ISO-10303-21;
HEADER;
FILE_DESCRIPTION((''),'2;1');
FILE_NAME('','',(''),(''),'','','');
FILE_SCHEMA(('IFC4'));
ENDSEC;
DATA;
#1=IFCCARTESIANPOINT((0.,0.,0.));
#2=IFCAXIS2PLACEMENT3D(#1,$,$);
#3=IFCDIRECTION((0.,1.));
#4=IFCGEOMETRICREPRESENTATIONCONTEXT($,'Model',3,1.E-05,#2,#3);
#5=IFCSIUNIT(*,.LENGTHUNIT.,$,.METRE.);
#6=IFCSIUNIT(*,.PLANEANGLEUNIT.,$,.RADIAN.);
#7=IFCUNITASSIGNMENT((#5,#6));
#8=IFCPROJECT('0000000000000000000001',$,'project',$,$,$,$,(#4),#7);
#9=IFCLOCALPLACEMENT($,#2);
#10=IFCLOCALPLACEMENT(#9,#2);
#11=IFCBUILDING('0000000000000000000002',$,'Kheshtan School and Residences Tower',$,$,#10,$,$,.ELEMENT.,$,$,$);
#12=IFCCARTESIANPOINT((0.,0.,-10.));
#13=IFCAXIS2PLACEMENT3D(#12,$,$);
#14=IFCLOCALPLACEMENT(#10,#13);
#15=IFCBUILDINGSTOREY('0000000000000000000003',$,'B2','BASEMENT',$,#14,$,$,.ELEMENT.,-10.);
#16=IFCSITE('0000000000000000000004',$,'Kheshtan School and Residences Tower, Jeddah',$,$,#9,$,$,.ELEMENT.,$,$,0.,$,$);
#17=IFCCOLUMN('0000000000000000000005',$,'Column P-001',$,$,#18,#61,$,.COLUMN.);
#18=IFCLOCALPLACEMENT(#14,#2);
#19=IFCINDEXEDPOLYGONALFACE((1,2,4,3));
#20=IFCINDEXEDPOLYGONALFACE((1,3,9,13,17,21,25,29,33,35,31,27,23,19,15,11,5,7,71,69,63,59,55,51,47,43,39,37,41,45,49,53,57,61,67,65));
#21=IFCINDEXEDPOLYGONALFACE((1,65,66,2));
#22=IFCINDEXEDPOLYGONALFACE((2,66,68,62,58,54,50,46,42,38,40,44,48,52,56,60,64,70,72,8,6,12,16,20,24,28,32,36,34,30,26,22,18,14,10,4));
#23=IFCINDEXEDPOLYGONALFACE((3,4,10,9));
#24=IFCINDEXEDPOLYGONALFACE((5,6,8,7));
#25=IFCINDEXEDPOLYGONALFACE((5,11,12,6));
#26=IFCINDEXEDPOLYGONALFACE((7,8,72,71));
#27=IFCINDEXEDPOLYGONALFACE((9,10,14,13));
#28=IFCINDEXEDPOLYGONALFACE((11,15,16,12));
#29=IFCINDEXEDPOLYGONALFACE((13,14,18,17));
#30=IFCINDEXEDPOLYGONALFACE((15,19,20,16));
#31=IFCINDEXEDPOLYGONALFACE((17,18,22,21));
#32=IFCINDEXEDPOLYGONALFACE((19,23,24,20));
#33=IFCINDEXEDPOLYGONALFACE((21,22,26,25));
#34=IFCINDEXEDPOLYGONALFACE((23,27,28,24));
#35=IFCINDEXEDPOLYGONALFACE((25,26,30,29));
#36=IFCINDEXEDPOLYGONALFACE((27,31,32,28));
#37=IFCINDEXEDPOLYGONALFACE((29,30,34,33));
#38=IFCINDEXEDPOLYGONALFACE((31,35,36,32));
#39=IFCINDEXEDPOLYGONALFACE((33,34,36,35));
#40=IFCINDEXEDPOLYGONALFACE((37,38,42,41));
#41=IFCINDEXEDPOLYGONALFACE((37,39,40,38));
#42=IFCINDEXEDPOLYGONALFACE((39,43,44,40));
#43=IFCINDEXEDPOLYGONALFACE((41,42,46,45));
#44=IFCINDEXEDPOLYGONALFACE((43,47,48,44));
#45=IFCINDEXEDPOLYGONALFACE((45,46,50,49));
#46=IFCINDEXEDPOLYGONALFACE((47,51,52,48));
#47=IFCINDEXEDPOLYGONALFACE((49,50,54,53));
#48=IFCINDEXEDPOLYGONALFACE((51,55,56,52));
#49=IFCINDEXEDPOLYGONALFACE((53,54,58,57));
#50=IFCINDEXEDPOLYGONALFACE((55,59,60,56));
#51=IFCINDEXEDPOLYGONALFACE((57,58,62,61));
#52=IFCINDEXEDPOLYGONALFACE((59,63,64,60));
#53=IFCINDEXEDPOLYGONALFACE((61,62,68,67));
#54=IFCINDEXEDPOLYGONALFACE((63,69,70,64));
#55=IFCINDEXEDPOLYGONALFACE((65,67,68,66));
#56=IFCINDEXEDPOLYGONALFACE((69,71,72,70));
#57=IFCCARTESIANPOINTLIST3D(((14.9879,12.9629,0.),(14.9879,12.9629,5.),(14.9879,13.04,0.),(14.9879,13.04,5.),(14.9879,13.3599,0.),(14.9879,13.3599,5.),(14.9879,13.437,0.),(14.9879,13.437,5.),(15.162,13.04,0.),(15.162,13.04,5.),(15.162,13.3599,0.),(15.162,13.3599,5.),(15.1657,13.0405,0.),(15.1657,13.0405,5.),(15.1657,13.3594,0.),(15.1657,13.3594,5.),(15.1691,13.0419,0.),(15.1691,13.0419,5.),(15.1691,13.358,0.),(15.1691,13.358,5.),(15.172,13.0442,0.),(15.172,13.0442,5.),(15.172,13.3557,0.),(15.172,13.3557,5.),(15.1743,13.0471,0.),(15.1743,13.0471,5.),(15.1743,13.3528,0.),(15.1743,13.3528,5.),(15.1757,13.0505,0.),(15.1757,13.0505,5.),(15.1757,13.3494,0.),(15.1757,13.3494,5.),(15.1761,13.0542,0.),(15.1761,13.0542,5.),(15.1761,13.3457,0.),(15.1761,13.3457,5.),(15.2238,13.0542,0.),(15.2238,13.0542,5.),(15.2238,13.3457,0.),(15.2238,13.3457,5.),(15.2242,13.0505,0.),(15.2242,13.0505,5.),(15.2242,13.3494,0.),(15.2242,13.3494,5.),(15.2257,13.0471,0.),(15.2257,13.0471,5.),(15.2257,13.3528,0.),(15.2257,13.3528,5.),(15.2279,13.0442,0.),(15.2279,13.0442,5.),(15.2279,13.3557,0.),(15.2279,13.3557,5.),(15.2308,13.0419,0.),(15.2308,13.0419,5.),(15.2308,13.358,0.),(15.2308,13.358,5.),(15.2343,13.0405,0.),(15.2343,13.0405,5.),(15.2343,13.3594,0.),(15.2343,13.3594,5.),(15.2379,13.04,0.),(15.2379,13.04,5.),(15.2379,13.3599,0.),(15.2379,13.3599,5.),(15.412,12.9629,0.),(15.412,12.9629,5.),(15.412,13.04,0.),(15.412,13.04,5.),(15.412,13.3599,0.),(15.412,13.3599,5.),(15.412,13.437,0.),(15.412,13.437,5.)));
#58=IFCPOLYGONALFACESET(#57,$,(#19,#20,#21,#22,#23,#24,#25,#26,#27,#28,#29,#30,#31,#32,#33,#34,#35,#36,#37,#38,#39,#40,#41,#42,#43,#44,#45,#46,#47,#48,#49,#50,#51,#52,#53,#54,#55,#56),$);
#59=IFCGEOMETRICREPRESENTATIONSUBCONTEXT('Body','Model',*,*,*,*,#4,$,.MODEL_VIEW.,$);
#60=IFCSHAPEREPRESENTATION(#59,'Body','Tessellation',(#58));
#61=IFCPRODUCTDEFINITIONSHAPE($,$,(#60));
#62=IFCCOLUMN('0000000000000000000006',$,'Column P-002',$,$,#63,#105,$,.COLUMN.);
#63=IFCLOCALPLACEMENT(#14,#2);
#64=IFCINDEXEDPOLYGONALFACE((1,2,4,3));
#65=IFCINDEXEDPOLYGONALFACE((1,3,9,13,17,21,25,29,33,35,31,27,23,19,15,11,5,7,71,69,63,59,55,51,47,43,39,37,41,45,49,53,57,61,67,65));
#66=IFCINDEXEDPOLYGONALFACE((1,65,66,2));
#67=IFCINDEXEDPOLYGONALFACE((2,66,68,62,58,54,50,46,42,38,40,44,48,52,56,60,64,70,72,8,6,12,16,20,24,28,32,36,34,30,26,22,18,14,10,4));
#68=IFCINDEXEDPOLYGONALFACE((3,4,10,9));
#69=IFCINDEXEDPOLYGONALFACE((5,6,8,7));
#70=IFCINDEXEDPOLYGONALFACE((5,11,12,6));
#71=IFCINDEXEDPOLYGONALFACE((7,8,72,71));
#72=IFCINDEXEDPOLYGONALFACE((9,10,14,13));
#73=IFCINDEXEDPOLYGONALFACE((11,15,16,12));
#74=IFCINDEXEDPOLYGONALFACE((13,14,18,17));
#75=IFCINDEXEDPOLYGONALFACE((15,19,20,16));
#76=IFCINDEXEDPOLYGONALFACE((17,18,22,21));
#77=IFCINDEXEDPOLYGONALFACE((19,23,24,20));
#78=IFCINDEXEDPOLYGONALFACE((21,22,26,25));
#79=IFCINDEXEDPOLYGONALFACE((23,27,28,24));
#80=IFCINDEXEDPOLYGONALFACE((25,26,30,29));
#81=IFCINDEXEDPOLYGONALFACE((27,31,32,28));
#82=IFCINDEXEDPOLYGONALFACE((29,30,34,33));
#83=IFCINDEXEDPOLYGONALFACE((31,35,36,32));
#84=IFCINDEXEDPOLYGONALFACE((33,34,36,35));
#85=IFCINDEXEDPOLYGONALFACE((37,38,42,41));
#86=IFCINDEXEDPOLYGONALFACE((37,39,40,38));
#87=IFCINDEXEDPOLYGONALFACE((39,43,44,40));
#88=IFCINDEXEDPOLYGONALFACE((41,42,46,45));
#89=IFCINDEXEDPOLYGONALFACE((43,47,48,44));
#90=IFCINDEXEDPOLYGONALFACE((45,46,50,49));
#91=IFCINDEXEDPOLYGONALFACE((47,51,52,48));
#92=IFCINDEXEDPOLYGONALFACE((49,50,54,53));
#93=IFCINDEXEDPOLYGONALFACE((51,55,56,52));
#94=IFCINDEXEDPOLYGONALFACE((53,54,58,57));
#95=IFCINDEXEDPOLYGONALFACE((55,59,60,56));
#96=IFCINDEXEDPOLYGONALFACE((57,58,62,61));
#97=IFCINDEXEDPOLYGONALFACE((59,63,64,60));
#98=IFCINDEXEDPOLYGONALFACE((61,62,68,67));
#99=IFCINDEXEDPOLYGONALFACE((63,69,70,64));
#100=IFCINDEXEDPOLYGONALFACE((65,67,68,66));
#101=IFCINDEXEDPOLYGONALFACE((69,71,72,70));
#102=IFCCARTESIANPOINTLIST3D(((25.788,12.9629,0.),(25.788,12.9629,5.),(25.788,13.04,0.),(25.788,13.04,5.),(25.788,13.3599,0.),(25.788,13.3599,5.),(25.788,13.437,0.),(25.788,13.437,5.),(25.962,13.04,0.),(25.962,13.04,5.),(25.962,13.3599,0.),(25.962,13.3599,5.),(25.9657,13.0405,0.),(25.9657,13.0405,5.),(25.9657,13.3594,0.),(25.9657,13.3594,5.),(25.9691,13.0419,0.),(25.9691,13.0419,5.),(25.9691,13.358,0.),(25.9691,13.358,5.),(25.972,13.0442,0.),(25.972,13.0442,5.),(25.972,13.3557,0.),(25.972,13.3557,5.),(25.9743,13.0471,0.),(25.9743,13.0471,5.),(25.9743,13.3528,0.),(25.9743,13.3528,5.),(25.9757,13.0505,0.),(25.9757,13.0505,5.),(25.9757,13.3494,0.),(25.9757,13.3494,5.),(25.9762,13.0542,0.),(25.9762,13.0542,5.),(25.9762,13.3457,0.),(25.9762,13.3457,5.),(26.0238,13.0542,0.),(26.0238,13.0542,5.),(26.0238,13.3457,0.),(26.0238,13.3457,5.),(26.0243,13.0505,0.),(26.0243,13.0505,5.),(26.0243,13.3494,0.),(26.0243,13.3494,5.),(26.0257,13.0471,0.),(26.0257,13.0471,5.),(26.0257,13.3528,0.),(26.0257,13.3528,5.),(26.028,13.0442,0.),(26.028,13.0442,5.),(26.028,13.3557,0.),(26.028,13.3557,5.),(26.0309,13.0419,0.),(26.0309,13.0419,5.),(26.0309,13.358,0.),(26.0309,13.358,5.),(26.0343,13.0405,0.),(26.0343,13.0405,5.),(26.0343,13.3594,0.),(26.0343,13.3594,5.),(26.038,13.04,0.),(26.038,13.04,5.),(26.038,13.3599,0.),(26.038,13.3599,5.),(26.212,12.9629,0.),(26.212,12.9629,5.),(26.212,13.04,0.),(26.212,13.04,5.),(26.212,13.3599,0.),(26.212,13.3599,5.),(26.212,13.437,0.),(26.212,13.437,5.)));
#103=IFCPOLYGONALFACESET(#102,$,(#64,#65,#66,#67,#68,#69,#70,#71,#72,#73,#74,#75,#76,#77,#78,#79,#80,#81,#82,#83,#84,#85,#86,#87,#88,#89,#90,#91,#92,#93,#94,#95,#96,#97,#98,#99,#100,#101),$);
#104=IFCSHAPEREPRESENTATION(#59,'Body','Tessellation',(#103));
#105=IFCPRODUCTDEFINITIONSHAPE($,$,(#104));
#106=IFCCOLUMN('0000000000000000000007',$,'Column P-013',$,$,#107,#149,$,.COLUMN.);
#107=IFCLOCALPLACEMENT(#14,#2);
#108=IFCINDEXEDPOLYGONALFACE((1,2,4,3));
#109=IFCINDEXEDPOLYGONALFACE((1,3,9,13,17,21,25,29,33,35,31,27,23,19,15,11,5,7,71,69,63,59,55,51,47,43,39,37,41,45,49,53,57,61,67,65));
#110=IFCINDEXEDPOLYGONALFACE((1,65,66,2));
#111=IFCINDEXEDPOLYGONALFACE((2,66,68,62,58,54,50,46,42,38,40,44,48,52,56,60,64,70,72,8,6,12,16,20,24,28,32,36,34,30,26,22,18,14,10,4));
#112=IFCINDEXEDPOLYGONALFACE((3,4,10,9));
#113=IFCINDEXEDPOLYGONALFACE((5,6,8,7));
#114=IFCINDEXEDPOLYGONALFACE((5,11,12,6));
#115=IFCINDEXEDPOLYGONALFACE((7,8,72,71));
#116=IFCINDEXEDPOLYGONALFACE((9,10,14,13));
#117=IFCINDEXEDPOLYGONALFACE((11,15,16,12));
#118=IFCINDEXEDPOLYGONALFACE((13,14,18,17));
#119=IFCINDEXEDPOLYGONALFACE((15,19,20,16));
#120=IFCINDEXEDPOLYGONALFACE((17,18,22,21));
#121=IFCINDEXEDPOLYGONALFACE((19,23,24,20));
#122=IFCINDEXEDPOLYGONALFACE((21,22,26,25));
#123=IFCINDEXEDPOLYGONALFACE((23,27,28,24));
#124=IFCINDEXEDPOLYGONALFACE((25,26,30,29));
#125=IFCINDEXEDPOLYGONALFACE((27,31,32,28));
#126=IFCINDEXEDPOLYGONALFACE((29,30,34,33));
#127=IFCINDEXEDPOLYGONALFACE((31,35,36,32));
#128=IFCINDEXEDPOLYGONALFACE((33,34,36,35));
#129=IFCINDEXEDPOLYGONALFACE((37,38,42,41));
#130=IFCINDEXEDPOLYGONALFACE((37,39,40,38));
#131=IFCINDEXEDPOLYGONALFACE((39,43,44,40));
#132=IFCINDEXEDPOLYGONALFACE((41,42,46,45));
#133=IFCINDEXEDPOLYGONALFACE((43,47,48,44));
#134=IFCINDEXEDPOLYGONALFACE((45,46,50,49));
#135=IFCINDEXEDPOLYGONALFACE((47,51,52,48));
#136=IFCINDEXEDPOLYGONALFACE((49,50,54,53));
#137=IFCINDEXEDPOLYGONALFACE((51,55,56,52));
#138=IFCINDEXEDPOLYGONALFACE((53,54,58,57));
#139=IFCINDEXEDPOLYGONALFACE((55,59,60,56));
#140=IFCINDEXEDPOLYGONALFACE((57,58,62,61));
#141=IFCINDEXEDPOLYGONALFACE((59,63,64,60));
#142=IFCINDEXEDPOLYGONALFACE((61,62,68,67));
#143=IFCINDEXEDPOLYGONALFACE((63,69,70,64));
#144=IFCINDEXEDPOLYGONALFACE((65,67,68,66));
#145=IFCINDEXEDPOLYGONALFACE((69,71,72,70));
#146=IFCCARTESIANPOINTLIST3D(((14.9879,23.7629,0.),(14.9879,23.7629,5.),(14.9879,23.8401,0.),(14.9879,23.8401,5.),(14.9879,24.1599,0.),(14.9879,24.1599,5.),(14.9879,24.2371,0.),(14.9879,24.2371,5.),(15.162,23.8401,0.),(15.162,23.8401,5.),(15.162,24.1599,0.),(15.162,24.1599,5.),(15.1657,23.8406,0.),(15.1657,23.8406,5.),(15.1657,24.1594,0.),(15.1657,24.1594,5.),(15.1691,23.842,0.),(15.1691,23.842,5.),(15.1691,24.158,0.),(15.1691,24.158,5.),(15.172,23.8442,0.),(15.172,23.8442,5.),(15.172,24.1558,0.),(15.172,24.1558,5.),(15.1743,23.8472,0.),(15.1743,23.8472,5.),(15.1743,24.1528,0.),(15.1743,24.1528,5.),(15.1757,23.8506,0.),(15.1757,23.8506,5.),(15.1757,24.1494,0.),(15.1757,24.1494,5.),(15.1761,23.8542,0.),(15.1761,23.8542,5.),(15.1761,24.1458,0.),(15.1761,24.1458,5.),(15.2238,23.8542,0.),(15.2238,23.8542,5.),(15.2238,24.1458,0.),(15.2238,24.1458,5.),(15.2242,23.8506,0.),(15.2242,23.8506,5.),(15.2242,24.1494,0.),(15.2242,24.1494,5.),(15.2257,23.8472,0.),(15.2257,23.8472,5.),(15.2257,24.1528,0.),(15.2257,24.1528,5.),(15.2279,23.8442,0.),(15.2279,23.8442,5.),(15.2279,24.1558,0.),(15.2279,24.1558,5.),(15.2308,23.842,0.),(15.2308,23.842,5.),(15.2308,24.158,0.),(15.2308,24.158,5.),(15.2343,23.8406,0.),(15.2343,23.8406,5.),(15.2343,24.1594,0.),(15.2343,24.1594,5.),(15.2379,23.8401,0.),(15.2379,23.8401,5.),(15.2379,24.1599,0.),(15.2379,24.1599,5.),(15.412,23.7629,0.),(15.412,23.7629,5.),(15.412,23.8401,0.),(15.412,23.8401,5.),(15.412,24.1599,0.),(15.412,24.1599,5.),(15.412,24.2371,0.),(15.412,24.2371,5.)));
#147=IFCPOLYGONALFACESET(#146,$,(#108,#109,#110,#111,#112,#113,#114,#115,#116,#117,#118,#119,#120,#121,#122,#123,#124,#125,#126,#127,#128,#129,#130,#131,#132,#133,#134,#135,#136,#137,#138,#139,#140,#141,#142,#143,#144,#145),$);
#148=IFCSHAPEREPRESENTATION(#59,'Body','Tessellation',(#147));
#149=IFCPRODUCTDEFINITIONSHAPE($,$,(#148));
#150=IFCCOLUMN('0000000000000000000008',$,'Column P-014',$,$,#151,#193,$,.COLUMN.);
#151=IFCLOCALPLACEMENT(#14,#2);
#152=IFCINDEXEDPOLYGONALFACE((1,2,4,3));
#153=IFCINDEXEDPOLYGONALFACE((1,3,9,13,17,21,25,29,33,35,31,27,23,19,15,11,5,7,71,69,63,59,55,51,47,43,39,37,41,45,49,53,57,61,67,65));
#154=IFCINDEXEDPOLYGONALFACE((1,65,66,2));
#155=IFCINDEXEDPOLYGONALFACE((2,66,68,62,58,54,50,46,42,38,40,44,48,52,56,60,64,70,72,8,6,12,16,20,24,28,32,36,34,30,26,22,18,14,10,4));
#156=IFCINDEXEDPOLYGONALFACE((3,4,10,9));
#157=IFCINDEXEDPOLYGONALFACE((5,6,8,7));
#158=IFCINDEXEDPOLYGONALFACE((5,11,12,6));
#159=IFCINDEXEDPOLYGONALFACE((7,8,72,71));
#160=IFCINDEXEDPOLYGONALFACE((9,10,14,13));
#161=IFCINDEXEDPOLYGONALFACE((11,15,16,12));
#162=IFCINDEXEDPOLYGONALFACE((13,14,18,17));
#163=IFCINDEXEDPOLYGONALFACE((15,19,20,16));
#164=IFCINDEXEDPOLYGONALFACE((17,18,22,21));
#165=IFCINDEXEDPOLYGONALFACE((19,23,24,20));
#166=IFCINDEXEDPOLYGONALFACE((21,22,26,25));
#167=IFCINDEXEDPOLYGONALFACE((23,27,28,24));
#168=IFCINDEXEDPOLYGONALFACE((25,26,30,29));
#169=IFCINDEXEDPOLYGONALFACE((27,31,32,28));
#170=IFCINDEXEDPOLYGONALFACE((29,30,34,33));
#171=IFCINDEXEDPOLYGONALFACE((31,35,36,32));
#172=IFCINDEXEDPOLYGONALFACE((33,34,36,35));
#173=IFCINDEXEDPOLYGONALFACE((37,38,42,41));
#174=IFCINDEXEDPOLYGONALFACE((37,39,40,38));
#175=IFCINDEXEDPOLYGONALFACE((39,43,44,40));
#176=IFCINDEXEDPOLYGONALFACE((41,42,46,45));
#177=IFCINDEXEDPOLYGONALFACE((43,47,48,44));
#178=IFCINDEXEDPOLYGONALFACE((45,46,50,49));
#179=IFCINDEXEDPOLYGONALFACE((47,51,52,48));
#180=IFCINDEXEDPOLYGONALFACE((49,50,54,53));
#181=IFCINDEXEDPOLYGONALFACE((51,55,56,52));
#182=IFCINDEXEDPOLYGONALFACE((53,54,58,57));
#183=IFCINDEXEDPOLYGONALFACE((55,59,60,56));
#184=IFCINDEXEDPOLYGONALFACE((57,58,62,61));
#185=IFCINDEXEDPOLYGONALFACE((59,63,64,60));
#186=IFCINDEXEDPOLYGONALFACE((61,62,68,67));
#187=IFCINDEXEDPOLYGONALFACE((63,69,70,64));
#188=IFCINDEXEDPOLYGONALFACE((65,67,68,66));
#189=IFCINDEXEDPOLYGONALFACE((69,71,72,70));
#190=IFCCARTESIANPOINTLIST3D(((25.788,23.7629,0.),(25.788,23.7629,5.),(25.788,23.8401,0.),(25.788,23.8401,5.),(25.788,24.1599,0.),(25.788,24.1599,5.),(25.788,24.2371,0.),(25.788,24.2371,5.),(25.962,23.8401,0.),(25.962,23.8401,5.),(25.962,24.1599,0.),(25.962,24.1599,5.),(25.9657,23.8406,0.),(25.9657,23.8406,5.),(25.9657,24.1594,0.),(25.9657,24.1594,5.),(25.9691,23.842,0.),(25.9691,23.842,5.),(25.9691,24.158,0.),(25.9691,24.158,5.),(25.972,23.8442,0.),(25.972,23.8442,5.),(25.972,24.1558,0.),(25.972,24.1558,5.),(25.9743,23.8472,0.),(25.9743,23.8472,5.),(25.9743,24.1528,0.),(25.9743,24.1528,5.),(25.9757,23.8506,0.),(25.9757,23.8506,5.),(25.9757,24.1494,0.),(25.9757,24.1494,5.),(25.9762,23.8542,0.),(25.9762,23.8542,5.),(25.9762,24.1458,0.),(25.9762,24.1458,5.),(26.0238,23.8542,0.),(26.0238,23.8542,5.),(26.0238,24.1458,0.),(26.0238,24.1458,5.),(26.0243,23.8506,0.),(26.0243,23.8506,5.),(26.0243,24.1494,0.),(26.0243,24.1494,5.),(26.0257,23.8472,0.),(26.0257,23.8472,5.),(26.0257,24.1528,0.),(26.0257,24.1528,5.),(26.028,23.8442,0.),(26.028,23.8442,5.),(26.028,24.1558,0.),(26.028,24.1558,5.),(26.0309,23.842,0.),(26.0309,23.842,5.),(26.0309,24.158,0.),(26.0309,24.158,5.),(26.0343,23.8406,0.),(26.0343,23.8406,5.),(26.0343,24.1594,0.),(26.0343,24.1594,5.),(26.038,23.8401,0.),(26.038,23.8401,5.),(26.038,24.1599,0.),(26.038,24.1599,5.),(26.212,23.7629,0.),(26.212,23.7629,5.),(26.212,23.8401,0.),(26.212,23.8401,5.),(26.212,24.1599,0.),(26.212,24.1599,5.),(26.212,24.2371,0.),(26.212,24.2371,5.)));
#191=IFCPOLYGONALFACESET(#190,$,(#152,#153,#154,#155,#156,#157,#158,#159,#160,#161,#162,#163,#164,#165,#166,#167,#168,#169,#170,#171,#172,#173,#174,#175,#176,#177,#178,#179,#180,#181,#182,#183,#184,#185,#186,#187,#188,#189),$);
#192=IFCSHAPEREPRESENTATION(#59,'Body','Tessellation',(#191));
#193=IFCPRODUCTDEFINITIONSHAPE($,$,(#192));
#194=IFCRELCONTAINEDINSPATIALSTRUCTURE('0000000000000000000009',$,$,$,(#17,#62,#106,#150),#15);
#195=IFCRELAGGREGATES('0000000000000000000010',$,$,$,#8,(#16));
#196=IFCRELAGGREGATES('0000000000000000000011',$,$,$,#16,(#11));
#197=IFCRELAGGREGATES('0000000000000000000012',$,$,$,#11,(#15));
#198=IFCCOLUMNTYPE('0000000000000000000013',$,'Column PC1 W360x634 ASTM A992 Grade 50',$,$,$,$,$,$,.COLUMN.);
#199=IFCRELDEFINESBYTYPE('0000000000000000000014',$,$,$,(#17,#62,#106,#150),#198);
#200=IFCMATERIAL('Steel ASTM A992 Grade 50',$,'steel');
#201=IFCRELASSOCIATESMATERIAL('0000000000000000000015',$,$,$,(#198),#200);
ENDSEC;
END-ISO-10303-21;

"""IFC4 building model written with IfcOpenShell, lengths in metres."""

from ifc_helpers import new_model, si_unit, direction, frame, origin, origin_2d, place, context, subcontext, project, spatial, i_section, extrude, material, material_profile, profile_set, type_object, element, save


model = new_model("IFC4")

# Units and contexts
model_context = context("Model", 3, precision=1e-05, world=origin(), true_north=direction((0.0, 1.0)))
body_context = subcontext(model_context, "Body", "Model", "MODEL_VIEW")
ifc_project = project(units=[si_unit("LENGTHUNIT", "METRE"), si_unit("PLANEANGLEUNIT", "RADIAN")], contexts=[model_context])

# Site, building, storey
site_placement = place(None, origin())
site = spatial("IfcSite", under=ifc_project, at=site_placement, Name="Kheshtan School and Residences Tower, Jeddah", CompositionType="ELEMENT", RefElevation=0.0)
building_placement = place(site_placement, origin())
building = spatial("IfcBuilding", under=site, at=building_placement, Name="Kheshtan School and Residences Tower", CompositionType="ELEMENT")
storey_placement = place(building_placement, frame((0.0, 0.0, -10.0)))
storey = spatial("IfcBuildingStorey", under=building, at=storey_placement, Name="B2", Description="BASEMENT", CompositionType="ELEMENT", Elevation=-10.0)

# Columns
ifc_material_1 = material(Name="Steel ASTM A992 Grade 50", Category="steel")
ifc_material_profile = material_profile(ifc_material_1, i_section(OverallWidth=0.4241, OverallDepth=0.4741, WebThickness=0.0476, FlangeThickness=0.0771, FilletRadius=0.0142, at=origin_2d()), Name="W360x634")
ifc_profile_set = profile_set([ifc_material_profile], Name="Steel ASTM A992 Grade 50")
column_type = type_object("IfcColumnType", Name="Column PC1 W360x634 ASTM A992 Grade 50", PredefinedType="COLUMN", material=ifc_profile_set)
for number, where, z_axis, x_axis, name in (
    (1, (15.2, 13.2, 0.0), (0.0, 0.0, 1.0), (1.0, 0.0, 0.0), "Column P-001"),
    (2, (26.0, 13.2, 0.0), (0.0, 0.0, 1.0), (1.0, 0.0, 0.0), "Column P-002"),
    (3, (15.2, 24.0, 0.0), (0.0, 0.0, 1.0), (1.0, 0.0, 0.0), "Column P-013"),
    (4, (26.0, 24.0, 0.0), (0.0, 0.0, 1.0), (1.0, 0.0, 0.0), "Column P-014"),
):
    element("IfcColumn", number, at=place(storey_placement, frame(where, z_axis=z_axis, x_axis=x_axis)), inside=storey, type_object=column_type, Name=name, PredefinedType="COLUMN", context=body_context, shape_type="SweptSolid", body=[
        extrude(i_section(OverallWidth=0.4241, OverallDepth=0.4741, WebThickness=0.0476, FlangeThickness=0.0771, FilletRadius=0.0142, at=origin_2d()), origin(), (0.0, 0.0, 1.0), 5.0),
    ])

save(model, "model.ifc")
